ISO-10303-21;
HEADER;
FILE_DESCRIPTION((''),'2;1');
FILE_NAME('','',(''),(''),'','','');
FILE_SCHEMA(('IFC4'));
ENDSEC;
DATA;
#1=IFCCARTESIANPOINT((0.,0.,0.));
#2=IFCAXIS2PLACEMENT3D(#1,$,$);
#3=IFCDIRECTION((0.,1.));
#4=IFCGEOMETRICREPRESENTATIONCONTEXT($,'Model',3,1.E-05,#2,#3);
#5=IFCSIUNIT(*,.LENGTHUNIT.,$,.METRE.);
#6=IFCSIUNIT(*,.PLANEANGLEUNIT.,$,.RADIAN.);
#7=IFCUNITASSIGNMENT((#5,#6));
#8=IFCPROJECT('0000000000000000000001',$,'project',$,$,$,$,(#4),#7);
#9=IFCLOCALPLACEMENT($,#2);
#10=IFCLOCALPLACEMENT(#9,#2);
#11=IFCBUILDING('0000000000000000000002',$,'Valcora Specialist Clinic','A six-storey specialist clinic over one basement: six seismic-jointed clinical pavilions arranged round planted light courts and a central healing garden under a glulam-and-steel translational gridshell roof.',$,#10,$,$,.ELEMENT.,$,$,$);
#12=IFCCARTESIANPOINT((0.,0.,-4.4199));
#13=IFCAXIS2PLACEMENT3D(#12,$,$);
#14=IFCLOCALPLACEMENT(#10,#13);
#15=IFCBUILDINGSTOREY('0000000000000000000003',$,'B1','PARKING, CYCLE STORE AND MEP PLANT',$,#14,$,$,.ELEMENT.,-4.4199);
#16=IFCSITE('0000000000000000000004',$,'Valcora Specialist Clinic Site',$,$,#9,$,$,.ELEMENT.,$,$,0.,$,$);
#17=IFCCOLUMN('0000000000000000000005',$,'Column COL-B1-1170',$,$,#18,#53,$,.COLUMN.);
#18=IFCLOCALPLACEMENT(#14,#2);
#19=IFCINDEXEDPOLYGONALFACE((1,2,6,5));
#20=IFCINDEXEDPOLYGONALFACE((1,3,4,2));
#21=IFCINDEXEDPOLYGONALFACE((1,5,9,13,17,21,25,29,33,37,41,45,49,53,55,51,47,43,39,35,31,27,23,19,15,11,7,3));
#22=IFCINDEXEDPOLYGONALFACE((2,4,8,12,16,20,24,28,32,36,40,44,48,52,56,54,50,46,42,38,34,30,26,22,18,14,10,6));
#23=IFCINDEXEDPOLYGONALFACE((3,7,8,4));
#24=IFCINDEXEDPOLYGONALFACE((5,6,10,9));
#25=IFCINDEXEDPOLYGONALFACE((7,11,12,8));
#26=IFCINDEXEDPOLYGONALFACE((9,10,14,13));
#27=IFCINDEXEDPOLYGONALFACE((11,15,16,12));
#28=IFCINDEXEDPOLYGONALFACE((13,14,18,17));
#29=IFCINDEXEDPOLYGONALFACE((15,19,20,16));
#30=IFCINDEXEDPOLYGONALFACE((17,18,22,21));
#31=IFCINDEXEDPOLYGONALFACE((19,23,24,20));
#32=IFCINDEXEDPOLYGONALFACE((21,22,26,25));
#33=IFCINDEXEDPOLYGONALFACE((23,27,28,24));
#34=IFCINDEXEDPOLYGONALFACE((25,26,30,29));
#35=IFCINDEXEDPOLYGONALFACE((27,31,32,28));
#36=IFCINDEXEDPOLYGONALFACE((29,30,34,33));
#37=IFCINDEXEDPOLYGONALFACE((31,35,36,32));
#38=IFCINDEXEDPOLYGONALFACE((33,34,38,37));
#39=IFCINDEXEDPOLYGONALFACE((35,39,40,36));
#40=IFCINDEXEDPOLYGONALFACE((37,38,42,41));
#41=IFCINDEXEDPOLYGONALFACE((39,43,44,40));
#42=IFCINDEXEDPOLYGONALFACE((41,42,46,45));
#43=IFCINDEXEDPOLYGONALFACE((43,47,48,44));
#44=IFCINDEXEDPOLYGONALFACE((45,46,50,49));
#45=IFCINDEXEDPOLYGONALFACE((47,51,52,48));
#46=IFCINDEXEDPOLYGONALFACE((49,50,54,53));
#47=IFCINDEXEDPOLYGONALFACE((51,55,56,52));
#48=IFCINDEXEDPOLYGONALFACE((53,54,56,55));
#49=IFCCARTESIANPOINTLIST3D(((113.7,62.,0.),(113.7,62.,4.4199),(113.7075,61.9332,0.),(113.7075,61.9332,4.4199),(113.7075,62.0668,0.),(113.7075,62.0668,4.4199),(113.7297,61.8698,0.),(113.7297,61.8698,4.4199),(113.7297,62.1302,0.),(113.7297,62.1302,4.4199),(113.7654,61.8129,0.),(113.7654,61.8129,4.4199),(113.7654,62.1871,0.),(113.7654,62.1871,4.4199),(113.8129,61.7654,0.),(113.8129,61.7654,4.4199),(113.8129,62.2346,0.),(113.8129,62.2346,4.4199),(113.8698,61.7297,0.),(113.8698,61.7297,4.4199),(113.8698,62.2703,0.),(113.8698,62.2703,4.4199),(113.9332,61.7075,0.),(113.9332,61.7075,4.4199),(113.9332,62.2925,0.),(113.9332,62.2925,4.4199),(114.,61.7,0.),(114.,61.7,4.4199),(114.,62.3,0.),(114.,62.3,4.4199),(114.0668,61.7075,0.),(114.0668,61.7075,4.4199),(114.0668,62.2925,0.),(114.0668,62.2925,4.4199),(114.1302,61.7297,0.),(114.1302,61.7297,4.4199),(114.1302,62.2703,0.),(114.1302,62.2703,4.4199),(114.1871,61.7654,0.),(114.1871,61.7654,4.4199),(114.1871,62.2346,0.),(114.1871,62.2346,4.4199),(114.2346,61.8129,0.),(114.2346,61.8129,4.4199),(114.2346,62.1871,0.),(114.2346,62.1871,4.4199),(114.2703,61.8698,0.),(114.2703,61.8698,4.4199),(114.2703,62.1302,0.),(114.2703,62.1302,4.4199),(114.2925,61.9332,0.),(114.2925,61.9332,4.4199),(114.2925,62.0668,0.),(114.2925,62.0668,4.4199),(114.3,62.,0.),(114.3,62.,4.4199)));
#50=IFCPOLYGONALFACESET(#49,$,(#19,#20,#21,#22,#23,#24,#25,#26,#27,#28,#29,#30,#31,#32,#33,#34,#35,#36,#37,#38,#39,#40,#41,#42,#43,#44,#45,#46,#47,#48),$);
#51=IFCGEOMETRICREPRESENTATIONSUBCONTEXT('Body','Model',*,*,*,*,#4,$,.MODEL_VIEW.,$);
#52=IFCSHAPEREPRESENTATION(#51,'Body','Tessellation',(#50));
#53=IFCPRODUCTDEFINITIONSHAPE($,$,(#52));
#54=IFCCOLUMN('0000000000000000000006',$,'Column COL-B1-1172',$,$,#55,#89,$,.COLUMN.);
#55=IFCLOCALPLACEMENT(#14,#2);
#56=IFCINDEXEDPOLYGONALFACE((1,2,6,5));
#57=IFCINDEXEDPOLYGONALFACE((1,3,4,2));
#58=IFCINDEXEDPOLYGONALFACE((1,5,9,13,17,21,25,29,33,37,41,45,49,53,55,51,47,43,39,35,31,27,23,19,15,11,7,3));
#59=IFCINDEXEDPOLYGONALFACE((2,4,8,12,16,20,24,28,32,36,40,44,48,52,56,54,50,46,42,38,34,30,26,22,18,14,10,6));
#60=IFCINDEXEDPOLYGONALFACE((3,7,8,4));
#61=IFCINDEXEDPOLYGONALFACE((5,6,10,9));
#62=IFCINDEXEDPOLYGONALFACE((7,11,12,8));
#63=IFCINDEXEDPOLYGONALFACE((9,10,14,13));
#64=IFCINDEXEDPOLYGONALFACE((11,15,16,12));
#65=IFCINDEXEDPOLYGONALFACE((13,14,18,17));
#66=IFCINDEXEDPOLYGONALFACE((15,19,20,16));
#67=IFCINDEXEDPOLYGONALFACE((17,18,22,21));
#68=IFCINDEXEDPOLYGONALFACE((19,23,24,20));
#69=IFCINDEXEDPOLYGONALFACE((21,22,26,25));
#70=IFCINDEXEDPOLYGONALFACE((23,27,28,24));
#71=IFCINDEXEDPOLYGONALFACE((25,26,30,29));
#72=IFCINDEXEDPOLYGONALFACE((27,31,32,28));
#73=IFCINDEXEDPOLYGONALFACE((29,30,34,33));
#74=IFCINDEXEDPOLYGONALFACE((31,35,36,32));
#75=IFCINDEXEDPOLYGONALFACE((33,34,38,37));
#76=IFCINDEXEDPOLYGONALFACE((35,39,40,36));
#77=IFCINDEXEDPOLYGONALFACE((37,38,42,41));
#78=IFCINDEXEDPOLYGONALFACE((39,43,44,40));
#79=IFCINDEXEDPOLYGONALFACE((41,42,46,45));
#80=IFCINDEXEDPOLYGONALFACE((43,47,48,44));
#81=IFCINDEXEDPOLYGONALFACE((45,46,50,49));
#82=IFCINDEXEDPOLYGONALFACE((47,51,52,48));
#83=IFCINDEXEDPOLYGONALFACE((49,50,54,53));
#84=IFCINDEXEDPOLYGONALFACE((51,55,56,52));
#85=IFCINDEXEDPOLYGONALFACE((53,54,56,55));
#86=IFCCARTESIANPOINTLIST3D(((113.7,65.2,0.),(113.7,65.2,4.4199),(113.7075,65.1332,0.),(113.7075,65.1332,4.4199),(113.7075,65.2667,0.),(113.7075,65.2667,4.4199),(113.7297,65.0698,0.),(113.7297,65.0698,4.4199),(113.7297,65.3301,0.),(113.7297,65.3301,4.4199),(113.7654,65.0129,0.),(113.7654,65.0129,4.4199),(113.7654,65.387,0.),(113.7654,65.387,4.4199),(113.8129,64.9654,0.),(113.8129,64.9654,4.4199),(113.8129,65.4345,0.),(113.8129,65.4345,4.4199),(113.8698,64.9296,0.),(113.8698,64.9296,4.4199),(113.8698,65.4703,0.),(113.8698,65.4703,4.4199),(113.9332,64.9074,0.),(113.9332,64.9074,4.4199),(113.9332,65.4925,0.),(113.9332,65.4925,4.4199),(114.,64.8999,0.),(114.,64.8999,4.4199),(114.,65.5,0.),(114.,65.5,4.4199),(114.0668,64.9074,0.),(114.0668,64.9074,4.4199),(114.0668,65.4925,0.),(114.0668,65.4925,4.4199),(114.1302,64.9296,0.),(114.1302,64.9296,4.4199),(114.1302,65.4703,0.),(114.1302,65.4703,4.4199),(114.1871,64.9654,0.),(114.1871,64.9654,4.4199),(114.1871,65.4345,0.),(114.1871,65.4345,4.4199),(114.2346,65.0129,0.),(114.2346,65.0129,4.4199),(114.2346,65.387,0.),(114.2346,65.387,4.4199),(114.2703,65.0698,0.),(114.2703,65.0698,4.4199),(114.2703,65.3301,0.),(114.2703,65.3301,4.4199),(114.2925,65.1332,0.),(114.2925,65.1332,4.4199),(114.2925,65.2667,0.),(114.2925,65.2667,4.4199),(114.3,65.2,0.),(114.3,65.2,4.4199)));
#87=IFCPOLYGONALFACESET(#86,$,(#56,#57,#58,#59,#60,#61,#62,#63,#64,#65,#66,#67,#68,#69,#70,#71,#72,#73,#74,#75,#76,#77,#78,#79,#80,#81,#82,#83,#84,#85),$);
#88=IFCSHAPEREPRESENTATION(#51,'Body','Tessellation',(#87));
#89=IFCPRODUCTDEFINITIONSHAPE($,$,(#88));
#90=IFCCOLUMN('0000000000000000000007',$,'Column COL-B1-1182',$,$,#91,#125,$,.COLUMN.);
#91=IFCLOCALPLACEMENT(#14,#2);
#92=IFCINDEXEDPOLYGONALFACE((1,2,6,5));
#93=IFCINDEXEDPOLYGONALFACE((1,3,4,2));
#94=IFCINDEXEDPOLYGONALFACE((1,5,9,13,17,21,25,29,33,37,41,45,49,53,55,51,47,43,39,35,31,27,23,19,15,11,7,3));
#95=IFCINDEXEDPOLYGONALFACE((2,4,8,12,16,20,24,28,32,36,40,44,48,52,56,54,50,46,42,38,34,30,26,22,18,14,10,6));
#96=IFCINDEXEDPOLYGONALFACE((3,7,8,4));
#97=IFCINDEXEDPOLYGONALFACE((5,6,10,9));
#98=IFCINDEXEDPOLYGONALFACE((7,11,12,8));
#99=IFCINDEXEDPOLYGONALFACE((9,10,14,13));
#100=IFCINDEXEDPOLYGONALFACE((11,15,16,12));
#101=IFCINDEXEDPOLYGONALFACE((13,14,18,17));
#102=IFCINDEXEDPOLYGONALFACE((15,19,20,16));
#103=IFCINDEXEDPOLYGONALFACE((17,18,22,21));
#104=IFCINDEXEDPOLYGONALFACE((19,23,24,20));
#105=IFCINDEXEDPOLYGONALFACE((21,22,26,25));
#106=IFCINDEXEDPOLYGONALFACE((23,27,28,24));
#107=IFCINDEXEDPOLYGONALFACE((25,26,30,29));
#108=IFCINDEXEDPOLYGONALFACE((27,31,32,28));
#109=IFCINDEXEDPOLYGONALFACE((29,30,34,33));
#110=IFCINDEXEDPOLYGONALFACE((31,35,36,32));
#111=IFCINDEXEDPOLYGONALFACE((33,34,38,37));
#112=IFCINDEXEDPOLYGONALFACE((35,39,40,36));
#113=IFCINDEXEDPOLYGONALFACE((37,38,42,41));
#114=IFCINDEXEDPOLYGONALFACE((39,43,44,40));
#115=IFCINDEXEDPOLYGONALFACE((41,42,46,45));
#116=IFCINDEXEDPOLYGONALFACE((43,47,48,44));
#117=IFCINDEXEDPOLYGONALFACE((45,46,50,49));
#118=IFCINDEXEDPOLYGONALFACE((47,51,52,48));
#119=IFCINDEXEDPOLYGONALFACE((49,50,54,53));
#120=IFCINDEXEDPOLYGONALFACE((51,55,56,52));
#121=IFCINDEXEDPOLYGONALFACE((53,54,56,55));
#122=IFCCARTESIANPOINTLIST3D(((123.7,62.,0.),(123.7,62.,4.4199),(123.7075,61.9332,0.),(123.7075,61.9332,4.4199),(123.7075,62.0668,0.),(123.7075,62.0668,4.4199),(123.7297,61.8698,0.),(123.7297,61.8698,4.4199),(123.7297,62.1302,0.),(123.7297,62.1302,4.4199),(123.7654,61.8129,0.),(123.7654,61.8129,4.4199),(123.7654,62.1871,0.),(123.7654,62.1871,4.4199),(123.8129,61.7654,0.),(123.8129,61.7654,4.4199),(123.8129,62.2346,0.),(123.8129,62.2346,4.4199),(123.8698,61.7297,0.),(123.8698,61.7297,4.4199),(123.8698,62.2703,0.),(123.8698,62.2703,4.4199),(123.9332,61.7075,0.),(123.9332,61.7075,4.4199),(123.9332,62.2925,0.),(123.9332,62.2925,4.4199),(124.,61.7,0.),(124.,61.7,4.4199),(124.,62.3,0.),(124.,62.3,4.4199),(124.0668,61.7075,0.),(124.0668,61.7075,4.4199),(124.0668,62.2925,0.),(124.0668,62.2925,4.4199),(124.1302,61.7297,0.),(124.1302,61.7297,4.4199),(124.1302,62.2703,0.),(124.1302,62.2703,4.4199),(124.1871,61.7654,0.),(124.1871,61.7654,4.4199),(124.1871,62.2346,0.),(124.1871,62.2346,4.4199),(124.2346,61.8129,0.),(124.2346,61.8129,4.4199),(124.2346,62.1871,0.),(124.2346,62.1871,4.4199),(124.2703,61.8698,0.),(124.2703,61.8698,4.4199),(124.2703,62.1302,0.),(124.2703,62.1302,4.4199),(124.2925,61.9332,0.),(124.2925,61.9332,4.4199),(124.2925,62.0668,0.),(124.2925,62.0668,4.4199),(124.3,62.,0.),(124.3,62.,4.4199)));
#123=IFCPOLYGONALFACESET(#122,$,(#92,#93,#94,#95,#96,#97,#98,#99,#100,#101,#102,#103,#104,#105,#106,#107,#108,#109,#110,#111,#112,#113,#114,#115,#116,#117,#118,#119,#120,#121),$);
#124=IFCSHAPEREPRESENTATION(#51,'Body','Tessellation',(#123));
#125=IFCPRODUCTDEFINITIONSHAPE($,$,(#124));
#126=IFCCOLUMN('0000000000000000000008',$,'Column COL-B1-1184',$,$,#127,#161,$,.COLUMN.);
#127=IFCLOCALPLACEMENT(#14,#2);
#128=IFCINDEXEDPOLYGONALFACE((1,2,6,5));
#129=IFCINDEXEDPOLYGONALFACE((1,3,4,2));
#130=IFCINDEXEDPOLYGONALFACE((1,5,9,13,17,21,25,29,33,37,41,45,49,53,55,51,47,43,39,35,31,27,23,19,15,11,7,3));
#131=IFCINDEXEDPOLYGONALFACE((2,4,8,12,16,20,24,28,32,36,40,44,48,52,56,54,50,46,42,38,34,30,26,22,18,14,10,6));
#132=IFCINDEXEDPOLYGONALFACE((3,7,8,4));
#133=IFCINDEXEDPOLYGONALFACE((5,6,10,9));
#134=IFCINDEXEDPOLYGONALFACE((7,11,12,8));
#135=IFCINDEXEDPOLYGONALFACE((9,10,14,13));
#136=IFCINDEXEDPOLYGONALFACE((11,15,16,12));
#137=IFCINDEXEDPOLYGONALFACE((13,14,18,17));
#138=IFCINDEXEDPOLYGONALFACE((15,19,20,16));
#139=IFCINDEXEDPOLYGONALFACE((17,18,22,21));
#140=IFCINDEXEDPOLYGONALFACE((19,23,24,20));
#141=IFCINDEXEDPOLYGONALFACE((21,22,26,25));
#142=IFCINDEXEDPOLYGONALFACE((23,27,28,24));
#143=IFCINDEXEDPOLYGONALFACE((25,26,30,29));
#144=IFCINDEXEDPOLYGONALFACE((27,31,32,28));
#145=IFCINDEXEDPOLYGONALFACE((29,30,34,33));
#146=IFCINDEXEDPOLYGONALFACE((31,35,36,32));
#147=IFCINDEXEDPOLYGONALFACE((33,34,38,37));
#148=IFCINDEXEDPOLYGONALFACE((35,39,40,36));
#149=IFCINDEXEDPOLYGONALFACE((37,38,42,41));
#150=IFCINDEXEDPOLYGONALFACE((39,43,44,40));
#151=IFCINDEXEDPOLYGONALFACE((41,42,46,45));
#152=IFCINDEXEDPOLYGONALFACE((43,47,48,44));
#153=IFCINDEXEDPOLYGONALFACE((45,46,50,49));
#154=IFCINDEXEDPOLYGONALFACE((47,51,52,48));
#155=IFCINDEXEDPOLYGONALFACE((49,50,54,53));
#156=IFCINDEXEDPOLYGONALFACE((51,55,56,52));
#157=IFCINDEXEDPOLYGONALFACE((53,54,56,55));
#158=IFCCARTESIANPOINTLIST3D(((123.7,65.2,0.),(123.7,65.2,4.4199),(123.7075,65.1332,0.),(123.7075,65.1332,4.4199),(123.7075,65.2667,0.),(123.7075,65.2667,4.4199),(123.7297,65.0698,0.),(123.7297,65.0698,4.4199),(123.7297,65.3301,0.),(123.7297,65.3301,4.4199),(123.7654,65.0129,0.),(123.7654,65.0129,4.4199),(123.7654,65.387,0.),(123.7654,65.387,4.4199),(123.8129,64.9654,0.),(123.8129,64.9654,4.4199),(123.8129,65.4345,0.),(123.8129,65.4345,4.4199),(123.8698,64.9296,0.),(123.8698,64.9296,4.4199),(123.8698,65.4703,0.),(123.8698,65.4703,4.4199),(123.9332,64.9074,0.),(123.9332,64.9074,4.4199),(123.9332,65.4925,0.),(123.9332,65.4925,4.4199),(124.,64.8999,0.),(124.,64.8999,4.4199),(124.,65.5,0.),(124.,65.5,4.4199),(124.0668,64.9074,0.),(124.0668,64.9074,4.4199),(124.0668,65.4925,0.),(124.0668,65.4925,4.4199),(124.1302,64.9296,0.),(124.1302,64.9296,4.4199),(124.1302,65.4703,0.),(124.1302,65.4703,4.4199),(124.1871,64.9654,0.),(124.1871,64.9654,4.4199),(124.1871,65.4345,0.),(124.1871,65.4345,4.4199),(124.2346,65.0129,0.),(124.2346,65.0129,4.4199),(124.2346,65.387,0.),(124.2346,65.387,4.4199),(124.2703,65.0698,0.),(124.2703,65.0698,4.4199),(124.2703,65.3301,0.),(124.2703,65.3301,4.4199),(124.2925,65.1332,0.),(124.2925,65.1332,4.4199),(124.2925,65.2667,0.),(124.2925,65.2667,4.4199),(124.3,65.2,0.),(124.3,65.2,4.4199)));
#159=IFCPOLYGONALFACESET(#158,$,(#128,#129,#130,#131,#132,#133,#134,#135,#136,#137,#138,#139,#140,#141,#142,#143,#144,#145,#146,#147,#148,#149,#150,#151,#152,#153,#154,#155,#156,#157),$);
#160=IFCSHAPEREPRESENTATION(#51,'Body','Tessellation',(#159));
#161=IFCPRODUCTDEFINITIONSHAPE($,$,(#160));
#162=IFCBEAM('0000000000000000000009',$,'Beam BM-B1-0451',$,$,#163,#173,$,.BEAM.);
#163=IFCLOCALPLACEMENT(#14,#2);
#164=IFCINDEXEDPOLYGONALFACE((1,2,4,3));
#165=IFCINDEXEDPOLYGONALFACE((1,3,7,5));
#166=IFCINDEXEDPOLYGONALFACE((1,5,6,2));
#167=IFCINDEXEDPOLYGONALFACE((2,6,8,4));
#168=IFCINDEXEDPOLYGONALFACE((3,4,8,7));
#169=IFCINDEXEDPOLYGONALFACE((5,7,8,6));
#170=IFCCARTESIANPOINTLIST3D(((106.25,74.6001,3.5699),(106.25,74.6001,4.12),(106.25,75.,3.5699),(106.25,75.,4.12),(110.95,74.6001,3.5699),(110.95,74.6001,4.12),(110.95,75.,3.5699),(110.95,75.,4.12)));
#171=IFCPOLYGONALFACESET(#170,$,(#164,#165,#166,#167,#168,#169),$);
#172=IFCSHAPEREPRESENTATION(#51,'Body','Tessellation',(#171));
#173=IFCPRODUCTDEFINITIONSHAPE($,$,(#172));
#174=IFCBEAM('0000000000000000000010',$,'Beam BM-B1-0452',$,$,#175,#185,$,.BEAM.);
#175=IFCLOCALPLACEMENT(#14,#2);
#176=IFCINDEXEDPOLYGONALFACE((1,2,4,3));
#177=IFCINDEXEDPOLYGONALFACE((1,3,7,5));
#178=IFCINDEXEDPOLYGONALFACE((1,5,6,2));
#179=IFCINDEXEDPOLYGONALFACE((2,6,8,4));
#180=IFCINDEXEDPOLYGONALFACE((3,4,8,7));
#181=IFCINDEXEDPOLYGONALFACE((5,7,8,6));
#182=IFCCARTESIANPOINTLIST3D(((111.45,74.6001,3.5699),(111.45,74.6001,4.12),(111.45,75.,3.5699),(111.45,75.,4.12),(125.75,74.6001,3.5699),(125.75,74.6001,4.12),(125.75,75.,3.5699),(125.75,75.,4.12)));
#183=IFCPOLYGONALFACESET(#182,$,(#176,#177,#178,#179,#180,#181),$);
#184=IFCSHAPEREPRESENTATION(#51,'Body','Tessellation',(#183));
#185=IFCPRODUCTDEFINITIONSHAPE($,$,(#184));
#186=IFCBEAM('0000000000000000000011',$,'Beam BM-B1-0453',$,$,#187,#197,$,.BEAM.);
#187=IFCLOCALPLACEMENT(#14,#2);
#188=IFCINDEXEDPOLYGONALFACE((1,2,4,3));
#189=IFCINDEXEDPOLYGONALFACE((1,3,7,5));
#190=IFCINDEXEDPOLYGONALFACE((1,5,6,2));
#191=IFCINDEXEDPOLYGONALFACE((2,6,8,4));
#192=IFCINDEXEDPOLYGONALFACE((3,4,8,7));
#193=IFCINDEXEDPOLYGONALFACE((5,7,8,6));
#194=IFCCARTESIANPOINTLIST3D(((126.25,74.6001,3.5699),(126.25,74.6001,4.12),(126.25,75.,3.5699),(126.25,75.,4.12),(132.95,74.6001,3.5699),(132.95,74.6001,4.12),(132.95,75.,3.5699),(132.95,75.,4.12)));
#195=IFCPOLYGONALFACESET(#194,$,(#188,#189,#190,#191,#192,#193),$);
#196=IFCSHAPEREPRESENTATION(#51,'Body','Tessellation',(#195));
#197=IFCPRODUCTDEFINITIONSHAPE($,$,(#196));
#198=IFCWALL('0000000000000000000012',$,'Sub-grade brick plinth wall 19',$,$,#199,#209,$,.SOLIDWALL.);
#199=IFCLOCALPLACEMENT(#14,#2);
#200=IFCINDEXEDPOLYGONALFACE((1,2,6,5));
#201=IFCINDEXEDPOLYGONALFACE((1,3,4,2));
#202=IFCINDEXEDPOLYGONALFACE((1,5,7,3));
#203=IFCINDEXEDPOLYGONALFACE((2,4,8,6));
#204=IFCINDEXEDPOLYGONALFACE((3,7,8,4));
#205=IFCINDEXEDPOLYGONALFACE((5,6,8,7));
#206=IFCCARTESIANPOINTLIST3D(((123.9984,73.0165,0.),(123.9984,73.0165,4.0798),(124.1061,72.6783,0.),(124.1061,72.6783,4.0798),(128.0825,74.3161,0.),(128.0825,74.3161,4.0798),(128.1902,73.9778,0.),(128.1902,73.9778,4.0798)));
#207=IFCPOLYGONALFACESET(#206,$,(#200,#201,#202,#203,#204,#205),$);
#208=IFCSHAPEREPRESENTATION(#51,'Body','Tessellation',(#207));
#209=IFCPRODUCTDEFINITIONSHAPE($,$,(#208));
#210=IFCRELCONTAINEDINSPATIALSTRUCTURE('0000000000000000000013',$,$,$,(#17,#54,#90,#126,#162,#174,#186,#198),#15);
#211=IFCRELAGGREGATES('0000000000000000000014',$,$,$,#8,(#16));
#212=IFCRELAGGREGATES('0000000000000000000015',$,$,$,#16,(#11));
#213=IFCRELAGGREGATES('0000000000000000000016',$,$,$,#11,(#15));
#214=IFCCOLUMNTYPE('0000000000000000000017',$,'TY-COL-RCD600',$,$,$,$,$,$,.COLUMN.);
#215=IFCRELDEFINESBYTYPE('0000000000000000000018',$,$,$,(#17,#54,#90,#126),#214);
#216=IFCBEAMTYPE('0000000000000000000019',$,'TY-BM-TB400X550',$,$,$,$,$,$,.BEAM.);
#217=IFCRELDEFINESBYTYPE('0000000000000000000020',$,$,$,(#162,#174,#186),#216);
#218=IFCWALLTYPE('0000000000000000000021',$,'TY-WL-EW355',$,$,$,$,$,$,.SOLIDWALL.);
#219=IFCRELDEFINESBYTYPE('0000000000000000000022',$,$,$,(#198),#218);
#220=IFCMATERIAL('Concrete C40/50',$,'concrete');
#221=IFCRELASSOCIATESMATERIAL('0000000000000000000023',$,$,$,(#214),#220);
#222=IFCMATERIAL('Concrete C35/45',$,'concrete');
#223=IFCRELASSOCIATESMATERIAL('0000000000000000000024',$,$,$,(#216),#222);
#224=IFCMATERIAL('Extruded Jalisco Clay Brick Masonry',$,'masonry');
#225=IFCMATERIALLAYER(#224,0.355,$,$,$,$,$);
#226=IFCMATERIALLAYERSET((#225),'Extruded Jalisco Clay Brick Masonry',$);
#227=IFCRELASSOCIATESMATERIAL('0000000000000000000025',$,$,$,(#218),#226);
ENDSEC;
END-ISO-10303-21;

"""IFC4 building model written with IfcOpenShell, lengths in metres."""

from ifc_helpers import new_model, si_unit, direction, frame, frame_2d, origin, origin_2d, place, context, subcontext, project, spatial, rectangle, circle, extrude, material, layer, layer_set, material_profile, profile_set, type_object, element, save


model = new_model("IFC4")

# Units and contexts
model_context = context("Model", 3, precision=1e-05, world=origin(), true_north=direction((0.0, 1.0)))
body_context = subcontext(model_context, "Body", "Model", "MODEL_VIEW")
ifc_project = project(units=[si_unit("LENGTHUNIT", "METRE"), si_unit("PLANEANGLEUNIT", "RADIAN")], contexts=[model_context])

# Site, building, storey
site_placement = place(None, origin())
site = spatial("IfcSite", under=ifc_project, at=site_placement, Name="Valcora Specialist Clinic Site", CompositionType="ELEMENT", RefElevation=0.0)
building_placement = place(site_placement, origin())
building = spatial("IfcBuilding", under=site, at=building_placement, Name="Valcora Specialist Clinic", Description="A six-storey specialist clinic over one basement: six seismic-jointed clinical pavilions arranged round planted light courts and a central healing garden under a glulam-and-steel translational gridshell roof.", CompositionType="ELEMENT")
storey_placement = place(building_placement, frame((0.0, 0.0, -4.4199)))
storey = spatial("IfcBuildingStorey", under=building, at=storey_placement, Name="B1", Description="PARKING, CYCLE STORE AND MEP PLANT", CompositionType="ELEMENT", Elevation=-4.4199)

# Shared definitions
ifc_material_1 = material(Name="Concrete C35/45", Category="concrete")

# Columns
ifc_material_2 = material(Name="Concrete C40/50", Category="concrete")
ifc_material_profile_1 = material_profile(ifc_material_2, circle(Radius=0.3, at=origin_2d()), Name="RC-COL-D600")
ifc_profile_set_1 = profile_set([ifc_material_profile_1], Name="Concrete C40/50")
column_type_1 = type_object("IfcColumnType", Name="TY-COL-RCD600", PredefinedType="COLUMN", material=ifc_profile_set_1)
for number, where, z_axis, x_axis, name in (
    (1, (114.0, 62.0, 0.0), (0.0, 0.0, 1.0), (1.0, 0.0, 0.0), "Column COL-B1-1170"),
    (2, (114.0, 65.2, 0.0), (0.0, 0.0, 1.0), (1.0, 0.0, 0.0), "Column COL-B1-1172"),
    (3, (124.0, 62.0, 0.0), (0.0, 0.0, 1.0), (1.0, 0.0, 0.0), "Column COL-B1-1182"),
    (4, (124.0, 65.2, 0.0), (0.0, 0.0, 1.0), (1.0, 0.0, 0.0), "Column COL-B1-1184"),
):
    element("IfcColumn", number, at=place(storey_placement, frame(where, z_axis=z_axis, x_axis=x_axis)), inside=storey, type_object=column_type_1, Name=name, PredefinedType="COLUMN", context=body_context, shape_type="SweptSolid", body=[
        extrude(circle(Radius=0.3, at=origin_2d()), origin(), (0.0, 0.0, 1.0), 4.4199),
    ])

# Beams
ifc_material_profile_2 = material_profile(ifc_material_1, rectangle(XDim=0.3999, YDim=0.55, at=origin_2d()), Name="RC-TB-400X550")
ifc_profile_set_2 = profile_set([ifc_material_profile_2], Name="Concrete C35/45")
beam_type = type_object("IfcBeamType", Name="TY-BM-TB400X550", PredefinedType="BEAM", material=ifc_profile_set_2)
beam_1_placement = place(storey_placement, frame((106.25, 74.8, 3.845), z_axis=(1.0, 0.0, 0.0), x_axis=(0.0, 1.0, 0.0)))
element("IfcBeam", 5, at=beam_1_placement, inside=storey, type_object=beam_type, Name="Beam BM-B1-0451", PredefinedType="BEAM", context=body_context, shape_type="SweptSolid", body=[
    extrude(rectangle(XDim=0.3999, YDim=0.55, at=origin_2d()), origin(), (0.0, 0.0, 1.0), 4.7),
])
beam_2_placement = place(storey_placement, frame((111.45, 74.8, 3.845), z_axis=(1.0, 0.0, 0.0), x_axis=(0.0, 1.0, 0.0)))
element("IfcBeam", 6, at=beam_2_placement, inside=storey, type_object=beam_type, Name="Beam BM-B1-0452", PredefinedType="BEAM", context=body_context, shape_type="SweptSolid", body=[
    extrude(rectangle(XDim=0.3999, YDim=0.55, at=origin_2d()), origin(), (0.0, 0.0, 1.0), 14.3),
])
beam_3_placement = place(storey_placement, frame((126.25, 74.8, 3.845), z_axis=(1.0, 0.0, 0.0), x_axis=(0.0, 1.0, 0.0)))
element("IfcBeam", 7, at=beam_3_placement, inside=storey, type_object=beam_type, Name="Beam BM-B1-0453", PredefinedType="BEAM", context=body_context, shape_type="SweptSolid", body=[
    extrude(rectangle(XDim=0.3999, YDim=0.55, at=origin_2d()), origin(), (0.0, 0.0, 1.0), 6.7),
])

# Wall
ifc_material_3 = material(Name="Extruded Jalisco Clay Brick Masonry", Category="masonry")
ifc_layer = layer(ifc_material_3, 0.355)
ifc_layer_set = layer_set([ifc_layer], Name="Extruded Jalisco Clay Brick Masonry")
wall_type = type_object("IfcWallType", Name="TY-WL-EW355", PredefinedType="SOLIDWALL", material=ifc_layer_set)
wall_1_placement = place(storey_placement, frame((128.1365, 74.147, 0.0), z_axis=(0.0, 0.0, 1.0), x_axis=(-0.952924, -0.303211, 0.0)))
element("IfcWall", 8, at=wall_1_placement, inside=storey, type_object=wall_type, Name="Sub-grade brick plinth wall 19", PredefinedType="SOLIDWALL", context=body_context, shape_type="SweptSolid", body=[
    extrude(rectangle(XDim=4.2859, YDim=0.355, at=frame_2d((2.1431, 0.0))), origin(), (0.0, 0.0, 1.0), 4.0798),
])

save(model, "model.ifc")
